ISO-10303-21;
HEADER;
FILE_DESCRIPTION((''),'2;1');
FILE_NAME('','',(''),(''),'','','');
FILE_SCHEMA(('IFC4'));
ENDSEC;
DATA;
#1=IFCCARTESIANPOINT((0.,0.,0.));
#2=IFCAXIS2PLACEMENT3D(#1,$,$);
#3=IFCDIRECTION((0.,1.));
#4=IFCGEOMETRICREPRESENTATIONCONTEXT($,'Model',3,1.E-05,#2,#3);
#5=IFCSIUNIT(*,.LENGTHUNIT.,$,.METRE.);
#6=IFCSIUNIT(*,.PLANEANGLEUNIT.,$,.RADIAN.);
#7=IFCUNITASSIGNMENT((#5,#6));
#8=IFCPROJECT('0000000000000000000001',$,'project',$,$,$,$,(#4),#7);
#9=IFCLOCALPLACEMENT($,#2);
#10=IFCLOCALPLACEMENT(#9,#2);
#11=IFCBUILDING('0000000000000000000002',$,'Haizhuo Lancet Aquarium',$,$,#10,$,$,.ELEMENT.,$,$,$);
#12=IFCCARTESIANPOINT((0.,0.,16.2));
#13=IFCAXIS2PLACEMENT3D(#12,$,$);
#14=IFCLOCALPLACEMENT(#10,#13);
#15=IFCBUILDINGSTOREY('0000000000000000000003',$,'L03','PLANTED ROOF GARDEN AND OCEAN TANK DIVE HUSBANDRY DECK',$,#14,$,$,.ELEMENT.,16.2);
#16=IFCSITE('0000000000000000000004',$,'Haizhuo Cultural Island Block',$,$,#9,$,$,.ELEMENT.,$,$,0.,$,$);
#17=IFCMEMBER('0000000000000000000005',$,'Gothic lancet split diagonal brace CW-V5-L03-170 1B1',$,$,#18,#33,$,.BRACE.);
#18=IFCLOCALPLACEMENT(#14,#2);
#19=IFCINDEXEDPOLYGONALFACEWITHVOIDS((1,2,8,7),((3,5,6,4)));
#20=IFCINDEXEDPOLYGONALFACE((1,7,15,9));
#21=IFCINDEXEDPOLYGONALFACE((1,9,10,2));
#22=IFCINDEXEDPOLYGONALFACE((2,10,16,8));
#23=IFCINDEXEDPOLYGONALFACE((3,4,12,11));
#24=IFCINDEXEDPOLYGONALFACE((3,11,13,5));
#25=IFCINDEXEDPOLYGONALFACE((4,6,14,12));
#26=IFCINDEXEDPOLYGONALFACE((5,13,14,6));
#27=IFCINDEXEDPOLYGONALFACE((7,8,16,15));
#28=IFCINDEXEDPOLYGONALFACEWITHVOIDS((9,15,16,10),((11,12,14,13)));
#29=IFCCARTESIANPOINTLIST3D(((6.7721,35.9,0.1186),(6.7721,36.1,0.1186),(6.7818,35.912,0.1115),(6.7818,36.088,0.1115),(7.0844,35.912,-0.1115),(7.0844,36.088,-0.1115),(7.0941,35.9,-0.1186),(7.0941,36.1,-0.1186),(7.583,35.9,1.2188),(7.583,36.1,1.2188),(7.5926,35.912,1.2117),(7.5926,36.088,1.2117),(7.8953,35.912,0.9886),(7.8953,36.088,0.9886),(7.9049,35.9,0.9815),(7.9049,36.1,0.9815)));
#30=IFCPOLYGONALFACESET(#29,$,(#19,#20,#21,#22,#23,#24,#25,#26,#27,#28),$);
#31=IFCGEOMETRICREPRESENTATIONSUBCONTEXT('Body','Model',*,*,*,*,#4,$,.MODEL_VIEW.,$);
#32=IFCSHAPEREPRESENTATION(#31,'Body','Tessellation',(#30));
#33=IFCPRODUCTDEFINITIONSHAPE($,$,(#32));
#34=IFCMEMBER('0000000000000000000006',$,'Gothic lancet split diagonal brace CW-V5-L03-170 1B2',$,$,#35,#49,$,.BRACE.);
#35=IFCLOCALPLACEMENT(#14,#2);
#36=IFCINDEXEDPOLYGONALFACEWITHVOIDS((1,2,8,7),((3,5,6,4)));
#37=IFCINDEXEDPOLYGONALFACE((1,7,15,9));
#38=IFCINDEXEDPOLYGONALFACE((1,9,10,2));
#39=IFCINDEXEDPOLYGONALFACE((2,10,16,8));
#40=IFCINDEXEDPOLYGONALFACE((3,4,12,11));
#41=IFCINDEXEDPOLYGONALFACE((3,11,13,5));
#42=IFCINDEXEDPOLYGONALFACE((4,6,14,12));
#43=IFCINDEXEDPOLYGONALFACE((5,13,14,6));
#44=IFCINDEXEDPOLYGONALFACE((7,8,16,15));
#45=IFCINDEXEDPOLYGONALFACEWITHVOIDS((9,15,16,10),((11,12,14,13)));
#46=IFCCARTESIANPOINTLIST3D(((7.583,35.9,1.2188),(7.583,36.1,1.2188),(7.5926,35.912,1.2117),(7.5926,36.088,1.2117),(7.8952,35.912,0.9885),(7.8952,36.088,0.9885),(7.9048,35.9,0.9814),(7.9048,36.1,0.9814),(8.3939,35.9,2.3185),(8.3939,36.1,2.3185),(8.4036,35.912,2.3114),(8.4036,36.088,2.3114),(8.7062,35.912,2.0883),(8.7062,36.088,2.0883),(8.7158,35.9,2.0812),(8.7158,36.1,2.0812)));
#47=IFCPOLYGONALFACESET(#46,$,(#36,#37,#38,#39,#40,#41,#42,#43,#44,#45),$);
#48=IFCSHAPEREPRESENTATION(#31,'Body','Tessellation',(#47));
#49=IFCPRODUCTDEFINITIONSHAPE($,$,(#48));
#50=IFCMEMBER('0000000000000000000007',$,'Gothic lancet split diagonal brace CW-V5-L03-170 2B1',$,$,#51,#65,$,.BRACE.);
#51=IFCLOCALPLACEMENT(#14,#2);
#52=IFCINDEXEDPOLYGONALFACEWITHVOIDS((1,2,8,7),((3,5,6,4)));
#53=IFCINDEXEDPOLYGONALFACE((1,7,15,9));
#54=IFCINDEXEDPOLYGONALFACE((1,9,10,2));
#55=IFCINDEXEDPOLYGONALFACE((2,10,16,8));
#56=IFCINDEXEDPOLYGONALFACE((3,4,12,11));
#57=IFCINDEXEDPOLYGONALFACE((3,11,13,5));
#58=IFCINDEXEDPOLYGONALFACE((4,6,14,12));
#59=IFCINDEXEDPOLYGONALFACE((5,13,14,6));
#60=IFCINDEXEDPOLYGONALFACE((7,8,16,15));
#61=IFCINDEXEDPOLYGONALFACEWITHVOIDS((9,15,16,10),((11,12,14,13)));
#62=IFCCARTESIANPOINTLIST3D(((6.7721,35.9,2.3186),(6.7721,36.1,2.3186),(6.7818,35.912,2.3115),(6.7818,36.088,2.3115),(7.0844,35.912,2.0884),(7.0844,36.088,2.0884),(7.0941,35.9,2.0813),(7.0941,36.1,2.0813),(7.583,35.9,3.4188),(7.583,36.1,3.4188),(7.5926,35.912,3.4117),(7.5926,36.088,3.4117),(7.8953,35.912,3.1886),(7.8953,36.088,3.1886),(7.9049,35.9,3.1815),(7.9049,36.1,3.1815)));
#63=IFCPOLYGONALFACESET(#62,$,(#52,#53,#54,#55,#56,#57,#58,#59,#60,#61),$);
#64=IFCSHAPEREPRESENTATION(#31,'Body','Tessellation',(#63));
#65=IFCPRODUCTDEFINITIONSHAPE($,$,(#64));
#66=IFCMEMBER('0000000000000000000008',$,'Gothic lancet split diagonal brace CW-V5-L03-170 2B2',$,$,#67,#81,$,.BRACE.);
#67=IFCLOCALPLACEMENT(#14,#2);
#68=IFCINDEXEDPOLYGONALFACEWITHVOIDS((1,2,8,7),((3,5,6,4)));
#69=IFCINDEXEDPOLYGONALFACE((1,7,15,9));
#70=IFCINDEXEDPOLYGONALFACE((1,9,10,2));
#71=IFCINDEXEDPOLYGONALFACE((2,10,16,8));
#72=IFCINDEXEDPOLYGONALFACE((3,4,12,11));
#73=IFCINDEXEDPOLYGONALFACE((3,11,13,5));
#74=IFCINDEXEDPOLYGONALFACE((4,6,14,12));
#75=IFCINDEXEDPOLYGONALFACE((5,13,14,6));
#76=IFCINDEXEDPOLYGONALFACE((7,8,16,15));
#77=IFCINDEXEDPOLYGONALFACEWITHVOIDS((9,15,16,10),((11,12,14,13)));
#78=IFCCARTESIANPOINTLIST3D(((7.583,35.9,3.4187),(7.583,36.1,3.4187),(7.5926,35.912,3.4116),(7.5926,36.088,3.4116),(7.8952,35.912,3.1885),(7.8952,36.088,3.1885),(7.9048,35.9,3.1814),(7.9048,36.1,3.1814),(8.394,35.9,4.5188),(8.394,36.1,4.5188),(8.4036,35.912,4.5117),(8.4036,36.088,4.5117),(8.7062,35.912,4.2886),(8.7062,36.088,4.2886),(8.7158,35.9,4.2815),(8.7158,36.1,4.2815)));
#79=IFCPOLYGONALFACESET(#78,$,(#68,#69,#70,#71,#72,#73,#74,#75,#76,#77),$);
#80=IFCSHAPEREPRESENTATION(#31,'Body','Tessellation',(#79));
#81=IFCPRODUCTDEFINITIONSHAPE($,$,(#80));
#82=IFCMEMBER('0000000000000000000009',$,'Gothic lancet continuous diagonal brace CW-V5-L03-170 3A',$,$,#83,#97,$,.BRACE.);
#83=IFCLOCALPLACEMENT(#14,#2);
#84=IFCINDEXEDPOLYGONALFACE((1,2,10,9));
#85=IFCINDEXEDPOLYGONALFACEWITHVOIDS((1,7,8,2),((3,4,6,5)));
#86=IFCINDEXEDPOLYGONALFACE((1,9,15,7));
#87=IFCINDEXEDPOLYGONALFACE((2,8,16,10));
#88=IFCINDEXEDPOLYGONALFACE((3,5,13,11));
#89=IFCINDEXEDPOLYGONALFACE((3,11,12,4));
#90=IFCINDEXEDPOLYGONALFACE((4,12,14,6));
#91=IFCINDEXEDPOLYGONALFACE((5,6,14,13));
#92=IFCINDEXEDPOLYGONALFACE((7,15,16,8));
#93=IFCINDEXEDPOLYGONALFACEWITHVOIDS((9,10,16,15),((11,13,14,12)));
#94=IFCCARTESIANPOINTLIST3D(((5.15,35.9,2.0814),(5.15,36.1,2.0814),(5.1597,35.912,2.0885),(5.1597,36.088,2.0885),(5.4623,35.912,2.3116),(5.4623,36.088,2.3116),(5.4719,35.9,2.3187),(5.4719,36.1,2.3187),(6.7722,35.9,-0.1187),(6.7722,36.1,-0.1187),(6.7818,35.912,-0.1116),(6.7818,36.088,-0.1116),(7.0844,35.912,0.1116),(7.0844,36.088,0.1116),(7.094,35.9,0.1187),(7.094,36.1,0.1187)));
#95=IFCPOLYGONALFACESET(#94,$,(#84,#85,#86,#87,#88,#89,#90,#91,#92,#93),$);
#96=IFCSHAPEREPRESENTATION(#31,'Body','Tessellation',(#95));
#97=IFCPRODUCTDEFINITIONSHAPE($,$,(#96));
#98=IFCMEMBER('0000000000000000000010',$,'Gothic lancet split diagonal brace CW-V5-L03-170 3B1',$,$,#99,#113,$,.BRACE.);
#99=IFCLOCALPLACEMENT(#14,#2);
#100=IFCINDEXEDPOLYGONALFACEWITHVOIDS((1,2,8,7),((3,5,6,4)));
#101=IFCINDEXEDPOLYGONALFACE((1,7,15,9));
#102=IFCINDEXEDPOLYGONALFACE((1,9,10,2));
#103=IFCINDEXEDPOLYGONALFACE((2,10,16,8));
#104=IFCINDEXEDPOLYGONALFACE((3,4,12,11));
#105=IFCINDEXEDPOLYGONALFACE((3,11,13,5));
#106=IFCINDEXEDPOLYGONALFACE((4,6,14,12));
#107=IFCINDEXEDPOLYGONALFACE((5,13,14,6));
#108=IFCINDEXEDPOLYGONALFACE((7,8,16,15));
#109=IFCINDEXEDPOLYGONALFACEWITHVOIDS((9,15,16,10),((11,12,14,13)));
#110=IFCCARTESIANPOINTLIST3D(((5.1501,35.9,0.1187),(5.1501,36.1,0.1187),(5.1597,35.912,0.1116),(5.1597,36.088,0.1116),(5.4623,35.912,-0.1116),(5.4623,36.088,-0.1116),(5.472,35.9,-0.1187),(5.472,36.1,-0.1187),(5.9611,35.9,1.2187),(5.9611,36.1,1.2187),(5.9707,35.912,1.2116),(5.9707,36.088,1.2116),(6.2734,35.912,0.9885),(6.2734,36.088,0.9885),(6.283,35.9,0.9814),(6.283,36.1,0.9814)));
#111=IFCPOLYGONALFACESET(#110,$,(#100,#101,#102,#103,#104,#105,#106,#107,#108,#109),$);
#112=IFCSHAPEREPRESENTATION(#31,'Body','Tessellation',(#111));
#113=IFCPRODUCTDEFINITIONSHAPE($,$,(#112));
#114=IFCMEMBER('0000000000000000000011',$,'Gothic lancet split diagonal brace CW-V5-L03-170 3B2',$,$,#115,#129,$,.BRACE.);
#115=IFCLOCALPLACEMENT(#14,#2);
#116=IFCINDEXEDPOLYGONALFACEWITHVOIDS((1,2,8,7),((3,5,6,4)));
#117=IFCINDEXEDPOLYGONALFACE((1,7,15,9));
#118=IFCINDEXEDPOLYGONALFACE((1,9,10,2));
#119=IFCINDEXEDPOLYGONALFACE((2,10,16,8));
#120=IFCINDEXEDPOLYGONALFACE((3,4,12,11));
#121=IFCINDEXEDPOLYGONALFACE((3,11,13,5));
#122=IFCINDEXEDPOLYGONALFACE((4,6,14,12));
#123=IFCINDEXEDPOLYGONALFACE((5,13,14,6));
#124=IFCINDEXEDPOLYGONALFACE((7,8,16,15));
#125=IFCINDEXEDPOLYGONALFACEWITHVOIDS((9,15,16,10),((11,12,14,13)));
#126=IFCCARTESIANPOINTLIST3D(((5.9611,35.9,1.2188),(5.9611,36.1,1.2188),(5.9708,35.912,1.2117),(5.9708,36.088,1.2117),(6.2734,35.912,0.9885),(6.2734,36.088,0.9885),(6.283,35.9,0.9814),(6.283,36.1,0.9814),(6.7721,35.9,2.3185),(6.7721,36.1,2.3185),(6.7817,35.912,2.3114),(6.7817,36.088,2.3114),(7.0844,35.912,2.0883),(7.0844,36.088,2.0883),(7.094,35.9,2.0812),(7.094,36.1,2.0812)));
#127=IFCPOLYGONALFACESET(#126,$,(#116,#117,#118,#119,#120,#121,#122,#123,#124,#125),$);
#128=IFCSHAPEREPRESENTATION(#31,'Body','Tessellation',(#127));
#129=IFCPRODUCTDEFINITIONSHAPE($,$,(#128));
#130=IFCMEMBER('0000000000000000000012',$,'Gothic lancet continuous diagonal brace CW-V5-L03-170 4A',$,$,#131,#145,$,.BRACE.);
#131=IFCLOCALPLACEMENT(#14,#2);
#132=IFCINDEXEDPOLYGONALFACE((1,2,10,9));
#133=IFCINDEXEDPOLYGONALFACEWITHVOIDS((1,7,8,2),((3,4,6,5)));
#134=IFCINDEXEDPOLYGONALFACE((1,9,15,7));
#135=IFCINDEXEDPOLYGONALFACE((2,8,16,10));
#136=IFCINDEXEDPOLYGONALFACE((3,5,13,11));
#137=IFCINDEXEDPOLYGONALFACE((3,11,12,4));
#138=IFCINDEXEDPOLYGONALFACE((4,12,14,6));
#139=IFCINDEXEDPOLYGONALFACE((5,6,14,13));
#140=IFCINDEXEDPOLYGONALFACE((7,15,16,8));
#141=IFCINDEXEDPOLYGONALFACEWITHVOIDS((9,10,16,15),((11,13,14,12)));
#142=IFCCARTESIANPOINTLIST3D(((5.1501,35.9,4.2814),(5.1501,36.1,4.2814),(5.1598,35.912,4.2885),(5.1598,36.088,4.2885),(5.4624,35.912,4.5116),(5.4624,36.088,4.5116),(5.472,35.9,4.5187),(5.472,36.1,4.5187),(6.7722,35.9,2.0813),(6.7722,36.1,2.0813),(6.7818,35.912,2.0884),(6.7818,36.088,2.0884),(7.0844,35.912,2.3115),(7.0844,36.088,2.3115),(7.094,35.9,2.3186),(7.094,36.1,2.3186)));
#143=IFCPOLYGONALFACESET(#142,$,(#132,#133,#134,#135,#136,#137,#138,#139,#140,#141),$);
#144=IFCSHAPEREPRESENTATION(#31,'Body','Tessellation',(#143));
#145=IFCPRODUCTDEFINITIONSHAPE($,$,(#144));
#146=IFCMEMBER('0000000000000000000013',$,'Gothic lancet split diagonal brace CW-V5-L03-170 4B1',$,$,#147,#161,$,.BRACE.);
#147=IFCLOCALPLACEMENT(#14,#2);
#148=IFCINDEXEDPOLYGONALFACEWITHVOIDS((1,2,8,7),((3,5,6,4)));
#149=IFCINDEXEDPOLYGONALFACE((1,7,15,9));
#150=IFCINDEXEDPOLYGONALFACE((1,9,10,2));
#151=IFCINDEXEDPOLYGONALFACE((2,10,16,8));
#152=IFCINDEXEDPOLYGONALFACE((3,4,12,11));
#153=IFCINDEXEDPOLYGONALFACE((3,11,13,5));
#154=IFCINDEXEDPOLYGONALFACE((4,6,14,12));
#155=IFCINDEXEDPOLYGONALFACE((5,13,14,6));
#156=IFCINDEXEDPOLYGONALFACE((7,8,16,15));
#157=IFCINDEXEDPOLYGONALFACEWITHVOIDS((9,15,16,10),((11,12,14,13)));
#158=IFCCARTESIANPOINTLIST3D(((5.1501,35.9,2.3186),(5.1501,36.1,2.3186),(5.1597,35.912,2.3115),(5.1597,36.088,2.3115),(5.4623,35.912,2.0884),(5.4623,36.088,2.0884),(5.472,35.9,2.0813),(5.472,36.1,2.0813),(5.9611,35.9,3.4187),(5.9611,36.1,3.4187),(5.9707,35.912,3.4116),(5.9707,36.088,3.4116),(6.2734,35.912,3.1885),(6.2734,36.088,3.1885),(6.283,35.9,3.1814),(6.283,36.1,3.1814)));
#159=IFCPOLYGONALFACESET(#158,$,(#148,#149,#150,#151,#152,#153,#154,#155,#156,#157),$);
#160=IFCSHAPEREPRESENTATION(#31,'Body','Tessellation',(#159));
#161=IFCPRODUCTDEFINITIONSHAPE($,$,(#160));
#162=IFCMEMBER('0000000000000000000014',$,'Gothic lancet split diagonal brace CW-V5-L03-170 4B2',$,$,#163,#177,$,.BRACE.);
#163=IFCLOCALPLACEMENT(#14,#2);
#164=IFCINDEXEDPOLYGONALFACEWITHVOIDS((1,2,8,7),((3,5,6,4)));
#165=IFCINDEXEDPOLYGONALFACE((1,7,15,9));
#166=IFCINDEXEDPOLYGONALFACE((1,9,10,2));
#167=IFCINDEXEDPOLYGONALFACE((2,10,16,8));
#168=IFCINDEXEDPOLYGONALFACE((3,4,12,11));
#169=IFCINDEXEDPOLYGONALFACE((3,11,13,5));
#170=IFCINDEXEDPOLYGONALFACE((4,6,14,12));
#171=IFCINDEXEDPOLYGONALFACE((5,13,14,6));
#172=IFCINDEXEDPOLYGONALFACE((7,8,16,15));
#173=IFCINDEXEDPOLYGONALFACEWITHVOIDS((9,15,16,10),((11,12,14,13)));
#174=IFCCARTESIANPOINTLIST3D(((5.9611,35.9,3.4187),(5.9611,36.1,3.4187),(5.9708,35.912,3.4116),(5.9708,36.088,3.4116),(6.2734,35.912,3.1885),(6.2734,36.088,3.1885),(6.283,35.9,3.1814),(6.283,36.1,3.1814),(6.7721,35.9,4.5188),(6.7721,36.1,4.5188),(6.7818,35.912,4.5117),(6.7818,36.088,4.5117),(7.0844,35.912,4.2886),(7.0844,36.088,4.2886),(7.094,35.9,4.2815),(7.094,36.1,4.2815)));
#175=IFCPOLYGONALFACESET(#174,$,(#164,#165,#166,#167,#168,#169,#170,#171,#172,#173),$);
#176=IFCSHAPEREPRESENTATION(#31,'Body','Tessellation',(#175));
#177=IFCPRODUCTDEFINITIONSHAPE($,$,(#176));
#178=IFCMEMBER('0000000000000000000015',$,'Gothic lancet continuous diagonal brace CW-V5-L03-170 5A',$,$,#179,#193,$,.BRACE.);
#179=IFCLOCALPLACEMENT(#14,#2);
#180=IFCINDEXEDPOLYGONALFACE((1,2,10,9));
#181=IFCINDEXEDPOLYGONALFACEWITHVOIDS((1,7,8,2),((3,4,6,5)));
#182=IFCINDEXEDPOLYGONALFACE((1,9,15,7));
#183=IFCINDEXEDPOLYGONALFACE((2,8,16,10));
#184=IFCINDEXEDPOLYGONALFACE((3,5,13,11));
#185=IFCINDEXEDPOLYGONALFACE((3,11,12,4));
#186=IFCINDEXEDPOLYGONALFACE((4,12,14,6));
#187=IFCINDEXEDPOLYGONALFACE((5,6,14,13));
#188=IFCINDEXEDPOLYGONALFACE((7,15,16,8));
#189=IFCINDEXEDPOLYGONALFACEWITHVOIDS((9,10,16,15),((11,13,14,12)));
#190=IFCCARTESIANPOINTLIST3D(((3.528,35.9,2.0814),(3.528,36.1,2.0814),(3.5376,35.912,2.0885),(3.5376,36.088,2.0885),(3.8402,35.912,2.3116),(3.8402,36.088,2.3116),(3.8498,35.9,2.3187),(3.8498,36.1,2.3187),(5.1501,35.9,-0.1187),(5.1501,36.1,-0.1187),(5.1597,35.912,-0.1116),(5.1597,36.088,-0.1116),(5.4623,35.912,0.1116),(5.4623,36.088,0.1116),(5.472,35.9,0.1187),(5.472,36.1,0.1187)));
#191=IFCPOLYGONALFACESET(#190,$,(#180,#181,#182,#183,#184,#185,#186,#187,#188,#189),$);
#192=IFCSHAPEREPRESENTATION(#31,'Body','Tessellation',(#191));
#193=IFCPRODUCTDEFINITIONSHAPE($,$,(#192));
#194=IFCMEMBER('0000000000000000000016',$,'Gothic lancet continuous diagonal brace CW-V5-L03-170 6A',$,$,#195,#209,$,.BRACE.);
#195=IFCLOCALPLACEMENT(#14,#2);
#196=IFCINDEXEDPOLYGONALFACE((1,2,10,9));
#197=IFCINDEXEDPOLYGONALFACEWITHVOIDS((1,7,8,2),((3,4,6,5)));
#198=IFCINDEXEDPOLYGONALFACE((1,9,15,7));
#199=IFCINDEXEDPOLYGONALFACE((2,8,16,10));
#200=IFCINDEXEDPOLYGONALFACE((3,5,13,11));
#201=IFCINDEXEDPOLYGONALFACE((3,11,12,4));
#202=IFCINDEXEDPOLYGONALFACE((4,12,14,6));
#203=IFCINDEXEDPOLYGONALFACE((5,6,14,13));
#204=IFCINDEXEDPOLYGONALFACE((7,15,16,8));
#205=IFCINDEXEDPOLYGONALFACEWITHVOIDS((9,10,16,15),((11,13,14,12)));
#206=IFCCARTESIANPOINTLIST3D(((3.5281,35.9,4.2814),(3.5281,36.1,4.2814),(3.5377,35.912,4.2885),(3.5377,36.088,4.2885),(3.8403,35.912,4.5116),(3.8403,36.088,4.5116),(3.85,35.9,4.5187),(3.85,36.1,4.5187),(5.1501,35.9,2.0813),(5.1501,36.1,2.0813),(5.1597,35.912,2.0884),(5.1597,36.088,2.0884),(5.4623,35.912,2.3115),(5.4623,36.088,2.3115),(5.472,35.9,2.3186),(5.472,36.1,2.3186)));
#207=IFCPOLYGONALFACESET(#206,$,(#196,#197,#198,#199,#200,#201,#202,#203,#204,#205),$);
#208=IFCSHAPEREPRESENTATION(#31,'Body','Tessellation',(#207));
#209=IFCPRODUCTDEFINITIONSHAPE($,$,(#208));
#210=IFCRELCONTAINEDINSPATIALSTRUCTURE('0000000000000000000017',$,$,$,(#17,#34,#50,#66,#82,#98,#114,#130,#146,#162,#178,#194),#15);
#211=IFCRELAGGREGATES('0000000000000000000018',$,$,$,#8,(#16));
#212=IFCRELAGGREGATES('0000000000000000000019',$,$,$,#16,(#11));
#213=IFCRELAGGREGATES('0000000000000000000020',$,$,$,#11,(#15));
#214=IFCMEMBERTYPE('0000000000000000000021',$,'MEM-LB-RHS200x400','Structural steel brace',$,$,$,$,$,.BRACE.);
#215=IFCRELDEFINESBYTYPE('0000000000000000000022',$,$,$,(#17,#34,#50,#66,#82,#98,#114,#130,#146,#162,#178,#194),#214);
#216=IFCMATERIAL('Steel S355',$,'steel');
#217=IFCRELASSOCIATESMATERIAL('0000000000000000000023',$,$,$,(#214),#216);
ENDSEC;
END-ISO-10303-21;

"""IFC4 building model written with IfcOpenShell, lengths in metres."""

from ifc_helpers import new_model, si_unit, direction, frame, origin, origin_2d, place, context, subcontext, project, spatial, hollow_rectangle, extrude, material, material_profile, profile_set, type_object, element, save


model = new_model("IFC4")

# Units and contexts
model_context = context("Model", 3, precision=1e-05, world=origin(), true_north=direction((0.0, 1.0)))
body_context = subcontext(model_context, "Body", "Model", "MODEL_VIEW")
ifc_project = project(units=[si_unit("LENGTHUNIT", "METRE"), si_unit("PLANEANGLEUNIT", "RADIAN")], contexts=[model_context])

# Site, building, storey
site_placement = place(None, origin())
site = spatial("IfcSite", under=ifc_project, at=site_placement, Name="Haizhuo Cultural Island Block", CompositionType="ELEMENT", RefElevation=0.0)
building_placement = place(site_placement, origin())
building = spatial("IfcBuilding", under=site, at=building_placement, Name="Haizhuo Lancet Aquarium", CompositionType="ELEMENT")
storey_placement = place(building_placement, frame((0.0, 0.0, 16.2)))
storey = spatial("IfcBuildingStorey", under=building, at=storey_placement, Name="L03", Description="PLANTED ROOF GARDEN AND OCEAN TANK DIVE HUSBANDRY DECK", CompositionType="ELEMENT", Elevation=16.2)

# Members
ifc_material_1 = material(Name="Steel S355", Category="steel")
ifc_material_profile_1 = material_profile(ifc_material_1, hollow_rectangle(XDim=0.2, YDim=0.3999, WallThickness=0.012, at=origin_2d()), Name="RHS 200x400x12")
ifc_profile_set_1 = profile_set([ifc_material_profile_1], Name="Steel S355")
member_type_1 = type_object("IfcMemberType", Name="MEM-LB-RHS200x400", Description="Structural steel brace", PredefinedType="BRACE", material=ifc_profile_set_1)
member_1_placement = place(storey_placement, frame((6.9331, 36.0, 0.0), z_axis=(0.59329, 0.0, 0.804988), x_axis=(0.0, 1.0, 0.0)))
element("IfcMember", 1, at=member_1_placement, inside=storey, type_object=member_type_1, Name="Gothic lancet split diagonal brace CW-V5-L03-170 1B1", PredefinedType="BRACE", context=body_context, shape_type="SweptSolid", body=[
    extrude(hollow_rectangle(XDim=0.2, YDim=0.3999, WallThickness=0.012, at=origin_2d()), origin(), (0.0, 0.0, 1.0), 1.3667),
])
member_2_placement = place(storey_placement, frame((7.7439, 36.0, 1.1001), z_axis=(0.593492, 0.0, 0.80484), x_axis=(0.0, 1.0, 0.0)))
element("IfcMember", 2, at=member_2_placement, inside=storey, type_object=member_type_1, Name="Gothic lancet split diagonal brace CW-V5-L03-170 1B2", PredefinedType="BRACE", context=body_context, shape_type="SweptSolid", body=[
    extrude(hollow_rectangle(XDim=0.2, YDim=0.3999, WallThickness=0.012, at=origin_2d()), origin(), (0.0, 0.0, 1.0), 1.3665),
])
for number, where, z_axis, x_axis, name in (
    (3, (6.9331, 36.0, 2.2), (0.59329, 0.0, 0.804988), (0.0, 1.0, 0.0), "Gothic lancet split diagonal brace CW-V5-L03-170 2B1"),
    (4, (7.7439, 36.0, 3.3), (0.593406, 0.0, 0.804903), (0.0, 1.0, 0.0), "Gothic lancet split diagonal brace CW-V5-L03-170 2B2"),
):
    element("IfcMember", number, at=place(storey_placement, frame(where, z_axis=z_axis, x_axis=x_axis)), inside=storey, type_object=member_type_1, Name=name, PredefinedType="BRACE", context=body_context, shape_type="SweptSolid", body=[
        extrude(hollow_rectangle(XDim=0.2, YDim=0.3999, WallThickness=0.012, at=origin_2d()), origin(), (0.0, 0.0, 1.0), 1.3667),
    ])
member_3_placement = place(storey_placement, frame((6.9331, 36.0, 0.0), z_axis=(-0.593449, 0.0, 0.804872), x_axis=(0.0, -1.0, 0.0)))
element("IfcMember", 5, at=member_3_placement, inside=storey, type_object=member_type_1, Name="Gothic lancet continuous diagonal brace CW-V5-L03-170 3A", PredefinedType="BRACE", context=body_context, shape_type="SweptSolid", body=[
    extrude(hollow_rectangle(XDim=0.2, YDim=0.3999, WallThickness=0.012, at=origin_2d()), origin(), (0.0, 0.0, 1.0), 2.7334),
])
member_4_placement = place(storey_placement, frame((5.311, 36.0, 0.0), z_axis=(0.593406, 0.0, 0.804903), x_axis=(0.0, 1.0, 0.0)))
element("IfcMember", 6, at=member_4_placement, inside=storey, type_object=member_type_1, Name="Gothic lancet split diagonal brace CW-V5-L03-170 3B1", PredefinedType="BRACE", context=body_context, shape_type="SweptSolid", body=[
    extrude(hollow_rectangle(XDim=0.2, YDim=0.3999, WallThickness=0.012, at=origin_2d()), origin(), (0.0, 0.0, 1.0), 1.3667),
])
member_5_placement = place(storey_placement, frame((6.1221, 36.0, 1.1001), z_axis=(0.593492, 0.0, 0.80484), x_axis=(0.0, 1.0, 0.0)))
element("IfcMember", 7, at=member_5_placement, inside=storey, type_object=member_type_1, Name="Gothic lancet split diagonal brace CW-V5-L03-170 3B2", PredefinedType="BRACE", context=body_context, shape_type="SweptSolid", body=[
    extrude(hollow_rectangle(XDim=0.2, YDim=0.3999, WallThickness=0.012, at=origin_2d()), origin(), (0.0, 0.0, 1.0), 1.3665),
])
member_6_placement = place(storey_placement, frame((6.9331, 36.0, 2.2), z_axis=(-0.593406, 0.0, 0.804903), x_axis=(0.0, -1.0, 0.0)))
element("IfcMember", 8, at=member_6_placement, inside=storey, type_object=member_type_1, Name="Gothic lancet continuous diagonal brace CW-V5-L03-170 4A", PredefinedType="BRACE", context=body_context, shape_type="SweptSolid", body=[
    extrude(hollow_rectangle(XDim=0.2, YDim=0.3999, WallThickness=0.012, at=origin_2d()), origin(), (0.0, 0.0, 1.0), 2.7334),
])
for number, where, z_axis, x_axis, name in (
    (9, (5.311, 36.0, 2.2), (0.593406, 0.0, 0.804903), (0.0, 1.0, 0.0), "Gothic lancet split diagonal brace CW-V5-L03-170 4B1"),
    (10, (6.1221, 36.0, 3.3), (0.593406, 0.0, 0.804903), (0.0, 1.0, 0.0), "Gothic lancet split diagonal brace CW-V5-L03-170 4B2"),
):
    element("IfcMember", number, at=place(storey_placement, frame(where, z_axis=z_axis, x_axis=x_axis)), inside=storey, type_object=member_type_1, Name=name, PredefinedType="BRACE", context=body_context, shape_type="SweptSolid", body=[
        extrude(hollow_rectangle(XDim=0.2, YDim=0.3999, WallThickness=0.012, at=origin_2d()), origin(), (0.0, 0.0, 1.0), 1.3667),
    ])
for number, where, z_axis, x_axis, name in (
    (11, (5.311, 36.0, 0.0), (-0.593449, 0.0, 0.804872), (0.0, -1.0, 0.0), "Gothic lancet continuous diagonal brace CW-V5-L03-170 5A"),
    (12, (5.311, 36.0, 2.2), (-0.593406, 0.0, 0.804903), (0.0, -1.0, 0.0), "Gothic lancet continuous diagonal brace CW-V5-L03-170 6A"),
):
    element("IfcMember", number, at=place(storey_placement, frame(where, z_axis=z_axis, x_axis=x_axis)), inside=storey, type_object=member_type_1, Name=name, PredefinedType="BRACE", context=body_context, shape_type="SweptSolid", body=[
        extrude(hollow_rectangle(XDim=0.2, YDim=0.3999, WallThickness=0.012, at=origin_2d()), origin(), (0.0, 0.0, 1.0), 2.7334),
    ])

save(model, "model.ifc")
